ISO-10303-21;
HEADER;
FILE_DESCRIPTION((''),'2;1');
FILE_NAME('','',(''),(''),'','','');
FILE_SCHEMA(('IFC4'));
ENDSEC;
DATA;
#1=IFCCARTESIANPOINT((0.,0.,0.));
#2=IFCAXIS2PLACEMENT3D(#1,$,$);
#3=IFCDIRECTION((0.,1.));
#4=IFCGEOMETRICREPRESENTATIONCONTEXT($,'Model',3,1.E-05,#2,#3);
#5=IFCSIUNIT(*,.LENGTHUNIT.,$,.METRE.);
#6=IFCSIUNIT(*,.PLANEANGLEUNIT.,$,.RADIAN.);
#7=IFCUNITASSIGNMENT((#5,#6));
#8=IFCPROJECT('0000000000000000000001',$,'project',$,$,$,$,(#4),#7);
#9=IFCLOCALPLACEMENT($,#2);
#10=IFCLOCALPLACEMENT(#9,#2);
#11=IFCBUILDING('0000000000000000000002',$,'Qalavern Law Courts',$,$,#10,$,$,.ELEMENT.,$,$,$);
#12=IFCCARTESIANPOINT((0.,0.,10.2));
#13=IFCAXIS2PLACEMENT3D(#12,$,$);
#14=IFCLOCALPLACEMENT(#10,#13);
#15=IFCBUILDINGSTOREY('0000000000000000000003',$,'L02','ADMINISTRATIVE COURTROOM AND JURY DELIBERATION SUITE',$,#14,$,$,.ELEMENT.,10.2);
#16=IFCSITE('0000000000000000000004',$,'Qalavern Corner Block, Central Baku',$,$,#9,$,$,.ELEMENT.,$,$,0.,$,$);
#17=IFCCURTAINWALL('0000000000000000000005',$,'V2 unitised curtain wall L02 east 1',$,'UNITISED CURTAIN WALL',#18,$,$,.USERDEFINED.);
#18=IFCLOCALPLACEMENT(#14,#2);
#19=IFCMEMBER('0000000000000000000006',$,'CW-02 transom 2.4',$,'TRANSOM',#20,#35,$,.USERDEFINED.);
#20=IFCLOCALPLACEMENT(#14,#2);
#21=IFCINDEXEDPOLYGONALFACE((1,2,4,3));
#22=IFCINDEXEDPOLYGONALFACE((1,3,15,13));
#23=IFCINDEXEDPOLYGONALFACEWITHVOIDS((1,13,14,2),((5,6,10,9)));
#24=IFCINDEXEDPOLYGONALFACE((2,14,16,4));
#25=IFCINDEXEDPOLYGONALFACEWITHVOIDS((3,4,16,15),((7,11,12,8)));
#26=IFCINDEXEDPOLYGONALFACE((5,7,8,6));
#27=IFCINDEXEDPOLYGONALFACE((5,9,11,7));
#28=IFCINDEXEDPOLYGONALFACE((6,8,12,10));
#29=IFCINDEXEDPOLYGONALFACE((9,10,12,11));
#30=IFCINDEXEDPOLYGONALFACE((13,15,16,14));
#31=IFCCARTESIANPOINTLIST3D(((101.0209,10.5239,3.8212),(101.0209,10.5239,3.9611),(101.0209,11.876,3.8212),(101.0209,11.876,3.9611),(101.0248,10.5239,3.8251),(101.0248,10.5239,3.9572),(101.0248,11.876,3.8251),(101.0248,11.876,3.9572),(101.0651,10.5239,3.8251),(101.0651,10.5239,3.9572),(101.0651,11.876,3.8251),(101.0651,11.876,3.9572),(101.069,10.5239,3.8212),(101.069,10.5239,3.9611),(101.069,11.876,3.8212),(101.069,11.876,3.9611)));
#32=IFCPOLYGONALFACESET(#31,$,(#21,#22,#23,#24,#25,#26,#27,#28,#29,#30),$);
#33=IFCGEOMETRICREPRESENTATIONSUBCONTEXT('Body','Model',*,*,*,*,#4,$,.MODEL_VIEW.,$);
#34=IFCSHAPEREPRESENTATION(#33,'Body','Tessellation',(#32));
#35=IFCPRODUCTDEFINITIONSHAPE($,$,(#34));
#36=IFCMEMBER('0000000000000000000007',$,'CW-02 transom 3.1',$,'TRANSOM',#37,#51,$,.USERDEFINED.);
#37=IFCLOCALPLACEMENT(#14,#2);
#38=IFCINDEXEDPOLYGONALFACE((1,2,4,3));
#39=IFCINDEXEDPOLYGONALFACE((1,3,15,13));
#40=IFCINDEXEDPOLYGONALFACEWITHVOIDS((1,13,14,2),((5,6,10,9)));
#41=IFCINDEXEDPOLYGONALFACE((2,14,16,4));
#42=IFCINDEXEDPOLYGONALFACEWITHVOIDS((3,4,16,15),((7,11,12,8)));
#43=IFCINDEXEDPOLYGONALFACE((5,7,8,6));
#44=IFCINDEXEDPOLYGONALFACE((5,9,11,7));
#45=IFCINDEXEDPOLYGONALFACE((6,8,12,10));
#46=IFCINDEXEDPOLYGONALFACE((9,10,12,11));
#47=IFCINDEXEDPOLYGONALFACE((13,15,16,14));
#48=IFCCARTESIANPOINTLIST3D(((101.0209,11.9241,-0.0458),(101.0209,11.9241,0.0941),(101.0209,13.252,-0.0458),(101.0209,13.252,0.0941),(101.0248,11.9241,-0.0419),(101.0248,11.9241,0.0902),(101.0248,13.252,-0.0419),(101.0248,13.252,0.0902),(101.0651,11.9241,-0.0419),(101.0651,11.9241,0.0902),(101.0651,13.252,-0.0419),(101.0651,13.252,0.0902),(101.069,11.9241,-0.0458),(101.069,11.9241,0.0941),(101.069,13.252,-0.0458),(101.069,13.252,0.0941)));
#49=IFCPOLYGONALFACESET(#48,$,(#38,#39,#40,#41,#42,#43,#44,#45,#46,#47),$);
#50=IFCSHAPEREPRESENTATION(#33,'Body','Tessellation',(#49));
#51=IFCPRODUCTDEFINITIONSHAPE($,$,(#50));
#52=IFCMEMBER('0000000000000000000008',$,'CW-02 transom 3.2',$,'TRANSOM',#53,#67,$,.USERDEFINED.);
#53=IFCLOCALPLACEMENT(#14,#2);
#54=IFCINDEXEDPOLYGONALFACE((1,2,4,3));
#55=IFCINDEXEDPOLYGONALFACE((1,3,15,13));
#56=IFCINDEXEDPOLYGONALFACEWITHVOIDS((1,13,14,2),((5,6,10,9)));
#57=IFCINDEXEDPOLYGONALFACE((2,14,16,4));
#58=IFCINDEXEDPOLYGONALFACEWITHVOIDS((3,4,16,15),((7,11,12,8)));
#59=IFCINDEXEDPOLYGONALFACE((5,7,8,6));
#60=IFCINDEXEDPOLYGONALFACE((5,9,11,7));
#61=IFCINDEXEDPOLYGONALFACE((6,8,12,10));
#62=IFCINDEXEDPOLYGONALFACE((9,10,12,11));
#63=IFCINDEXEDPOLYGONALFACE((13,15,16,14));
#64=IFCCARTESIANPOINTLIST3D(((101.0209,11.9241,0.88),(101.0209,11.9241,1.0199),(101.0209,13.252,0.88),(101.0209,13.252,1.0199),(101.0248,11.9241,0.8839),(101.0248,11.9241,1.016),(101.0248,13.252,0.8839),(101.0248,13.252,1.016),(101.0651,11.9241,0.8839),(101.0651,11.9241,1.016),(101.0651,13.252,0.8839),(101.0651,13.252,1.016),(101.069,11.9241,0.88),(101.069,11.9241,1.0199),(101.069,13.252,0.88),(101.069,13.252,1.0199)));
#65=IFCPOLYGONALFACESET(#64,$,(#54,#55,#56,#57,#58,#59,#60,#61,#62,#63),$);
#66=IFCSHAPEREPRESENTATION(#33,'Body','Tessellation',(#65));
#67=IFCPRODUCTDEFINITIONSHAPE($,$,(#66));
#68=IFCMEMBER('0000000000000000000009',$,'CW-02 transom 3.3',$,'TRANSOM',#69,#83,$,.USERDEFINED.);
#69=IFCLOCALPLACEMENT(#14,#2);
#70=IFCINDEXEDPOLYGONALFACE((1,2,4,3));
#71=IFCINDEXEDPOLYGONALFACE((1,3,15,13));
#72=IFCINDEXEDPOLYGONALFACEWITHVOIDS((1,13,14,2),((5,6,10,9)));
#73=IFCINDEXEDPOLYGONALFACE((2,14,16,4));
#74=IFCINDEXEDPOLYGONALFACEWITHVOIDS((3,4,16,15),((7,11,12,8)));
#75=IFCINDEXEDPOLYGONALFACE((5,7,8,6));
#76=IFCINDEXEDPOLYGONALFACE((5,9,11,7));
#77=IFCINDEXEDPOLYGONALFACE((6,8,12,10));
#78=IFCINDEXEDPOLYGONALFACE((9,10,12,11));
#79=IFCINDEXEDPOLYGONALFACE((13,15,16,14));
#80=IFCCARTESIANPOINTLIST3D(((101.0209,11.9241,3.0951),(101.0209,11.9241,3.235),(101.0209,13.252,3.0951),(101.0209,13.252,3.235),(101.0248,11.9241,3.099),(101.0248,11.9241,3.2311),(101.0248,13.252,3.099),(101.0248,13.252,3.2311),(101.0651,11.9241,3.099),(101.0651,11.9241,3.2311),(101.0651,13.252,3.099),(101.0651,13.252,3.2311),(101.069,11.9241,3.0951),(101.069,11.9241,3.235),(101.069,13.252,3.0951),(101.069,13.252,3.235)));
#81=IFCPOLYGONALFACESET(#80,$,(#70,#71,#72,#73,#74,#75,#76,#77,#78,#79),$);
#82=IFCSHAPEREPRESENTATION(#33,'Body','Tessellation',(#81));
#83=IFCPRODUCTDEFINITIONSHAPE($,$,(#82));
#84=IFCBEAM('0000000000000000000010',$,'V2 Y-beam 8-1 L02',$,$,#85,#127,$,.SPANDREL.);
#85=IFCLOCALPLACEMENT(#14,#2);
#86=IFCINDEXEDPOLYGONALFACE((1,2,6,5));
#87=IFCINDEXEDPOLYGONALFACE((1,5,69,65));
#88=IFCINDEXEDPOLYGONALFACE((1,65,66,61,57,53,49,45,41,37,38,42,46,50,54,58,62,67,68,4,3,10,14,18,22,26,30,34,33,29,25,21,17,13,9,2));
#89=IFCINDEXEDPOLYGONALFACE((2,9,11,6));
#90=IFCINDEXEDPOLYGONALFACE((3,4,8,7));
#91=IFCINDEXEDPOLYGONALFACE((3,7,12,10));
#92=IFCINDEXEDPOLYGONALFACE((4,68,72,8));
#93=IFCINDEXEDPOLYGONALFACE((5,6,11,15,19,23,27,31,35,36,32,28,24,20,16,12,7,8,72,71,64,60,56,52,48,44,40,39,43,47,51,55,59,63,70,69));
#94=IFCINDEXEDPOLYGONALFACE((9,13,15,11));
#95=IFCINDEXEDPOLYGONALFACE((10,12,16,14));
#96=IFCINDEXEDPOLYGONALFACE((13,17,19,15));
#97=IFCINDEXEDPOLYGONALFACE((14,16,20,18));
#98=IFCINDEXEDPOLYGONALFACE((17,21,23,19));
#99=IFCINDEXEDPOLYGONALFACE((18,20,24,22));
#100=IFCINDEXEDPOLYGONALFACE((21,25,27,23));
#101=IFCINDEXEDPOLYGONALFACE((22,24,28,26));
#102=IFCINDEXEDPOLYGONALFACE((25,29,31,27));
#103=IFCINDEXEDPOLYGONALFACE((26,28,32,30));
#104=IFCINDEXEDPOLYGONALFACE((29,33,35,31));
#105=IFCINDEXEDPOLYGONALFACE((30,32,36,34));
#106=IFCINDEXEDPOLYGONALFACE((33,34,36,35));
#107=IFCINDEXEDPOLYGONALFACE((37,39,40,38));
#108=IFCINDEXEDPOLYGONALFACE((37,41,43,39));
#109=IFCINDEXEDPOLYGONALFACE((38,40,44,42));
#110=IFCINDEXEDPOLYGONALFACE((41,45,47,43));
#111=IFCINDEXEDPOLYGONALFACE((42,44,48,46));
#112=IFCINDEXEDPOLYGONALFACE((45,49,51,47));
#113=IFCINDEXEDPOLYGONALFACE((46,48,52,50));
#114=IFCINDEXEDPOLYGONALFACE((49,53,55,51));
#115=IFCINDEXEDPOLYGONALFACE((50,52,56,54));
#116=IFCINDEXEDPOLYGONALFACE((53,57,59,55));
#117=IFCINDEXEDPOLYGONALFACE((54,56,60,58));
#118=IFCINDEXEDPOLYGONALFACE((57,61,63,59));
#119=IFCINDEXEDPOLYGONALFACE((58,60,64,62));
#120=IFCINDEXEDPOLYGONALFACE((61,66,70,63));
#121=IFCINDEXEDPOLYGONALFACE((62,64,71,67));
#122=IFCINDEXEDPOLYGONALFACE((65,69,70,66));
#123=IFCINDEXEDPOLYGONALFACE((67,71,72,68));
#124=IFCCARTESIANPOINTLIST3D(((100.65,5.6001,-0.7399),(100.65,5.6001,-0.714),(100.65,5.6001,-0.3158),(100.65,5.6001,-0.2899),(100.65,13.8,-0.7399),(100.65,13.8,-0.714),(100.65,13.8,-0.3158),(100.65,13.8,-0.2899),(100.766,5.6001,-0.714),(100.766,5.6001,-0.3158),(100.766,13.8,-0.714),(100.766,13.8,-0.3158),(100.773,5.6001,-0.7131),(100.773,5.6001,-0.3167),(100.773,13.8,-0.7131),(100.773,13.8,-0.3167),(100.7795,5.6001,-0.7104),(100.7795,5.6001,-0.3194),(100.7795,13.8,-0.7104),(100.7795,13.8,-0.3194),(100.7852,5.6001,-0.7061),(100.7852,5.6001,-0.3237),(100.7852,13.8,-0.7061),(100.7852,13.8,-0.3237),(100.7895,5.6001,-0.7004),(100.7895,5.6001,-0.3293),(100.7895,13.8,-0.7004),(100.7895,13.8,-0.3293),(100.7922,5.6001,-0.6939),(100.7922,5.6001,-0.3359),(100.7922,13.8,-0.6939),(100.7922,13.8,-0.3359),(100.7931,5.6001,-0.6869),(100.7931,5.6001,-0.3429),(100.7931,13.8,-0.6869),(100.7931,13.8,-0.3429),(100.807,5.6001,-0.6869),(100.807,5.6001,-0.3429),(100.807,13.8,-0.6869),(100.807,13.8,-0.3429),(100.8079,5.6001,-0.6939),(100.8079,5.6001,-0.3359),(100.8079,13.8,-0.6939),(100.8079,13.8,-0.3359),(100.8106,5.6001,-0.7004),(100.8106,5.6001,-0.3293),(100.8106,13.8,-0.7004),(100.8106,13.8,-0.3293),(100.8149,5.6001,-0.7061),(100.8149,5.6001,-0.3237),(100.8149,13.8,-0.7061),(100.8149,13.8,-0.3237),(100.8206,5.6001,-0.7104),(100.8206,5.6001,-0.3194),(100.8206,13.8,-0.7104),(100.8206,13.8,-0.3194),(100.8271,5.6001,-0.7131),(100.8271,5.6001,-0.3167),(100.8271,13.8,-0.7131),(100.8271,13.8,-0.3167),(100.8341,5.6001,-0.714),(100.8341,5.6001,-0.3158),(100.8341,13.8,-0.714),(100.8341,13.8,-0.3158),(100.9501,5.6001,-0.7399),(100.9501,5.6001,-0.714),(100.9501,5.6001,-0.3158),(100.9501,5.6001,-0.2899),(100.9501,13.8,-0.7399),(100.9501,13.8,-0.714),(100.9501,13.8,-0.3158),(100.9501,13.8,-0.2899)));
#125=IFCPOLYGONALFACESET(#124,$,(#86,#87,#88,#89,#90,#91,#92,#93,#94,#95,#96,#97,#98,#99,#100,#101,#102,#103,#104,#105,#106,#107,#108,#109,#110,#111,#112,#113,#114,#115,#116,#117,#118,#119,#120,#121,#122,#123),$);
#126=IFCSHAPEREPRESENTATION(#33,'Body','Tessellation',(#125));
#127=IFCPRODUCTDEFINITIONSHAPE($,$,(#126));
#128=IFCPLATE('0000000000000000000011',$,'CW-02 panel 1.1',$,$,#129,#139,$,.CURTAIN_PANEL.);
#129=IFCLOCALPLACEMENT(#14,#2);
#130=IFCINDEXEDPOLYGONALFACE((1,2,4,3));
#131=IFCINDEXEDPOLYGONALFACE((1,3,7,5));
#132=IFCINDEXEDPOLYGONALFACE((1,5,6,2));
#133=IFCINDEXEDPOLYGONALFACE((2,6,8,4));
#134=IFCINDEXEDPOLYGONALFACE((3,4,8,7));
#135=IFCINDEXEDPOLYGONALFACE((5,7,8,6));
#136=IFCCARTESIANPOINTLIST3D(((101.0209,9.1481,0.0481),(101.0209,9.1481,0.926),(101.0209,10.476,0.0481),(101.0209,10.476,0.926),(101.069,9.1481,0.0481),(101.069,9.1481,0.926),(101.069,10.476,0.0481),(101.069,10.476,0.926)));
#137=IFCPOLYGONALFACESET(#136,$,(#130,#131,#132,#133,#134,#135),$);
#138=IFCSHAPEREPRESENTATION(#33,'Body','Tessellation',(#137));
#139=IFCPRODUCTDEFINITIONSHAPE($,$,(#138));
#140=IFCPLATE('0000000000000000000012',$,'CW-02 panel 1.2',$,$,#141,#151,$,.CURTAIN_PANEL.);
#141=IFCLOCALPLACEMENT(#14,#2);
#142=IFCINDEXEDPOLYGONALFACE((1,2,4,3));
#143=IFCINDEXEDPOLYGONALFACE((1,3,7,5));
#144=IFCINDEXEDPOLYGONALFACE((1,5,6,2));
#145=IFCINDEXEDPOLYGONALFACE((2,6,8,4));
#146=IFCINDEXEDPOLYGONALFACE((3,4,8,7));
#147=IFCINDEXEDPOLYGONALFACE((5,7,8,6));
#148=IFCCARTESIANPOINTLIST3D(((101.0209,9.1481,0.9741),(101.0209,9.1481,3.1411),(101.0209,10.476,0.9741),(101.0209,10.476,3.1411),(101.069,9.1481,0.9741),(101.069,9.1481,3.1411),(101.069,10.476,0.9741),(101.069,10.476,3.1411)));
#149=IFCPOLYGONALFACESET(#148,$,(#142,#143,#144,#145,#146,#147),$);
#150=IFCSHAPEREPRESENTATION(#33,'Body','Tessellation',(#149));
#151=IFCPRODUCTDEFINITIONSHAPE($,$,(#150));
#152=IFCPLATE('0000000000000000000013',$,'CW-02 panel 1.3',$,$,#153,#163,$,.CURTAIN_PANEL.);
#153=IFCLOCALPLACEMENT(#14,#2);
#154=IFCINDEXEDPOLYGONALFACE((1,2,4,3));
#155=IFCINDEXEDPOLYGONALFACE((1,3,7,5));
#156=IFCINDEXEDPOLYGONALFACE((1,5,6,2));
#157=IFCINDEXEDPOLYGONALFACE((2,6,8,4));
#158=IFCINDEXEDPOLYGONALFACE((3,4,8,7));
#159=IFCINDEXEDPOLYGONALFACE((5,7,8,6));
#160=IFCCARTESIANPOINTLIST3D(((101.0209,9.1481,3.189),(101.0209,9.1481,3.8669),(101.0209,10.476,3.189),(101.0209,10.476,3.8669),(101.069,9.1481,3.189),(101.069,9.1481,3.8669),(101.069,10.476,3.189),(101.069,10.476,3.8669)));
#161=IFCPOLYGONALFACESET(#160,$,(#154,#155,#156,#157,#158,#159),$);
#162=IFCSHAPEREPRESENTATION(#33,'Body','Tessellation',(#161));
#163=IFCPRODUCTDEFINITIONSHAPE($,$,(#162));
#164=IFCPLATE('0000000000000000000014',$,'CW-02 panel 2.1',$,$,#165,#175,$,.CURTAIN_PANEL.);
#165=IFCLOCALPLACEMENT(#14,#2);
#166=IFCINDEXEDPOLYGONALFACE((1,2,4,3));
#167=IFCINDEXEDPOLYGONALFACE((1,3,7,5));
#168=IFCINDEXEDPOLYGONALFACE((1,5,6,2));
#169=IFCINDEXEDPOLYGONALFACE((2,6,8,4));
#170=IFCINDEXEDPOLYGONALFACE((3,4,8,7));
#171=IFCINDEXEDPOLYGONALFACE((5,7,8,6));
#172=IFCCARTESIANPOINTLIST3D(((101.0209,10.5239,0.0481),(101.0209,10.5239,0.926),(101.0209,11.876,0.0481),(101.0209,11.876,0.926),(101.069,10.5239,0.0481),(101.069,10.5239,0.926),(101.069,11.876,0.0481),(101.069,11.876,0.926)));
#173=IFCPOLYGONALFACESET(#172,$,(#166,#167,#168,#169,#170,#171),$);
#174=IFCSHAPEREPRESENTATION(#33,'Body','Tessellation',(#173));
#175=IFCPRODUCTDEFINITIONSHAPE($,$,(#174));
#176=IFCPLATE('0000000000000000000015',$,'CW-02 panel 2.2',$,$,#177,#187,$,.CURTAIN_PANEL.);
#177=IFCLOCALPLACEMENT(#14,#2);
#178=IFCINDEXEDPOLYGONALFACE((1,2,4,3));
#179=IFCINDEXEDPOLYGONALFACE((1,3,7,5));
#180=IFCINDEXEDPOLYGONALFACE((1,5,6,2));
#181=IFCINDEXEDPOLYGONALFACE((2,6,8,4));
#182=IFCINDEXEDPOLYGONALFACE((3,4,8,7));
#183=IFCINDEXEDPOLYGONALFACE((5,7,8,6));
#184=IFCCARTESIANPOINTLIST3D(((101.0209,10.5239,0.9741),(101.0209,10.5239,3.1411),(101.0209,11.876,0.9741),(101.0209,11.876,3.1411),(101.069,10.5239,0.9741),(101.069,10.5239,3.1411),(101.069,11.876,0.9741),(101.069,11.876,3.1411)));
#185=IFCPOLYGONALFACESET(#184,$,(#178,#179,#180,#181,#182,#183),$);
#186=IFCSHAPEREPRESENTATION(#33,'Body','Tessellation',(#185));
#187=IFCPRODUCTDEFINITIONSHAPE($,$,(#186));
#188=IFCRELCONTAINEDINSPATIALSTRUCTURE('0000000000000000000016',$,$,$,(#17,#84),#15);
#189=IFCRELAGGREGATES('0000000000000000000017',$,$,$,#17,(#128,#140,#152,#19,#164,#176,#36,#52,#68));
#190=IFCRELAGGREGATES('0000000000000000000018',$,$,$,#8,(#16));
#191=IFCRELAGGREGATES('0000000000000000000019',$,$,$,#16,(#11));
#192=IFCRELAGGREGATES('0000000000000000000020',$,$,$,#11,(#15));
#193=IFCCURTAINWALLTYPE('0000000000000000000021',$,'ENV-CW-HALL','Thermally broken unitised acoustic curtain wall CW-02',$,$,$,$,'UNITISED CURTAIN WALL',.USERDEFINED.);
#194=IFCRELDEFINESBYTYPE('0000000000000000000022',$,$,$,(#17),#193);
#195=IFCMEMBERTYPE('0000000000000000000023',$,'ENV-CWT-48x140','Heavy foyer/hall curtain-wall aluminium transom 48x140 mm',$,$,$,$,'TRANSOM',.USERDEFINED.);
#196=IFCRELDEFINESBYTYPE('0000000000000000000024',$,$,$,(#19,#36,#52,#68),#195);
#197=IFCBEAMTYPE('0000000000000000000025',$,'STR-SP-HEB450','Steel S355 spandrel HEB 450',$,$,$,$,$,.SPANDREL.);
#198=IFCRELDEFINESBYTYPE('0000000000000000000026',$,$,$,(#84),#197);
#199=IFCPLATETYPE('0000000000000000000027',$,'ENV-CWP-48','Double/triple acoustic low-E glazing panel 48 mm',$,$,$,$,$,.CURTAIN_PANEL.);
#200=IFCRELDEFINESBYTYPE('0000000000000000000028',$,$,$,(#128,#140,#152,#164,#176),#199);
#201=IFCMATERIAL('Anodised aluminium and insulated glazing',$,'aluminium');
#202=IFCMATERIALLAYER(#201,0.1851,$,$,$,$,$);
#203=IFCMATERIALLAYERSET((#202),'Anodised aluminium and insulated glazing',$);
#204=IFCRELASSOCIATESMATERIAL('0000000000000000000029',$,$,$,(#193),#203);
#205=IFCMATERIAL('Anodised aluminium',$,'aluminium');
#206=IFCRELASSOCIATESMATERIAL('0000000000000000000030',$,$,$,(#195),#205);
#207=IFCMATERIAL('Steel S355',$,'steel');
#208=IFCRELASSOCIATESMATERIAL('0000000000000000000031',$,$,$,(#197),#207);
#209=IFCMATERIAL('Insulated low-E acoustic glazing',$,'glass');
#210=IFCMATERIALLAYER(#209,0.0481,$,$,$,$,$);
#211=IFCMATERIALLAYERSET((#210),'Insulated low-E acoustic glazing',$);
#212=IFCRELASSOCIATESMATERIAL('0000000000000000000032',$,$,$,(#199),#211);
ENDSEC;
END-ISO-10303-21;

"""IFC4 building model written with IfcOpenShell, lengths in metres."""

from ifc_helpers import new_model, si_unit, direction, frame, origin, origin_2d, place, context, subcontext, project, spatial, rectangle, hollow_rectangle, i_section, extrude, material, layer, layer_set, material_profile, profile_set, type_object, element, aggregate, save


model = new_model("IFC4")

# Units and contexts
model_context = context("Model", 3, precision=1e-05, world=origin(), true_north=direction((0.0, 1.0)))
body_context = subcontext(model_context, "Body", "Model", "MODEL_VIEW")
ifc_project = project(units=[si_unit("LENGTHUNIT", "METRE"), si_unit("PLANEANGLEUNIT", "RADIAN")], contexts=[model_context])

# Site, building, storey
site_placement = place(None, origin())
site = spatial("IfcSite", under=ifc_project, at=site_placement, Name="Qalavern Corner Block, Central Baku", CompositionType="ELEMENT", RefElevation=0.0)
building_placement = place(site_placement, origin())
building = spatial("IfcBuilding", under=site, at=building_placement, Name="Qalavern Law Courts", CompositionType="ELEMENT")
storey_placement = place(building_placement, frame((0.0, 0.0, 10.2)))
storey = spatial("IfcBuildingStorey", under=building, at=storey_placement, Name="L02", Description="ADMINISTRATIVE COURTROOM AND JURY DELIBERATION SUITE", CompositionType="ELEMENT", Elevation=10.2)

# Curtain wall, members
ifc_material_1 = material(Name="Anodised aluminium and insulated glazing", Category="aluminium")
ifc_layer_1 = layer(ifc_material_1, 0.1851)
ifc_layer_set_1 = layer_set([ifc_layer_1], Name="Anodised aluminium and insulated glazing")
curtain_wall_type = type_object("IfcCurtainWallType", Name="ENV-CW-HALL", Description="Thermally broken unitised acoustic curtain wall CW-02", ElementType="UNITISED CURTAIN WALL", PredefinedType="USERDEFINED", material=ifc_layer_set_1)
curtain_wall_placement = place(storey_placement, origin())
curtain_wall = element("IfcCurtainWall", 1, at=curtain_wall_placement, inside=storey, type_object=curtain_wall_type, Name="V2 unitised curtain wall L02 east 1", ObjectType="UNITISED CURTAIN WALL", PredefinedType="USERDEFINED")
ifc_material_2 = material(Name="Anodised aluminium", Category="aluminium")
ifc_material_profile_1 = material_profile(ifc_material_2, hollow_rectangle(XDim=0.0481, YDim=0.1399, WallThickness=0.0039, at=origin_2d()), Name="ALU TRANSOM 48x140")
ifc_profile_set_1 = profile_set([ifc_material_profile_1], Name="Anodised aluminium")
member_type_1 = type_object("IfcMemberType", Name="ENV-CWT-48x140", Description="Heavy foyer/hall curtain-wall aluminium transom 48x140 mm", ElementType="TRANSOM", PredefinedType="USERDEFINED", material=ifc_profile_set_1)
member_1_placement = place(storey_placement, frame((101.0449, 10.5239, 3.8911), z_axis=(0.0, 1.0, 0.0), x_axis=(-1.0, 0.0, 0.0)))
member_1 = element("IfcMember", 2, at=member_1_placement, type_object=member_type_1, Name="CW-02 transom 2.4", ObjectType="TRANSOM", PredefinedType="USERDEFINED", context=body_context, shape_type="SweptSolid", body=[
    extrude(hollow_rectangle(XDim=0.0481, YDim=0.1399, WallThickness=0.0039, at=origin_2d()), origin(), (0.0, 0.0, 1.0), 1.3521),
])
member_2_placement = place(storey_placement, frame((101.0449, 11.9241, 0.0242), z_axis=(0.0, 1.0, 0.0), x_axis=(-1.0, 0.0, 0.0)))
member_2 = element("IfcMember", 3, at=member_2_placement, type_object=member_type_1, Name="CW-02 transom 3.1", ObjectType="TRANSOM", PredefinedType="USERDEFINED", context=body_context, shape_type="SweptSolid", body=[
    extrude(hollow_rectangle(XDim=0.0481, YDim=0.1399, WallThickness=0.0039, at=origin_2d()), origin(), (0.0, 0.0, 1.0), 1.3279),
])
member_3_placement = place(storey_placement, frame((101.0449, 11.9241, 0.95), z_axis=(0.0, 1.0, 0.0), x_axis=(-1.0, 0.0, 0.0)))
member_3 = element("IfcMember", 4, at=member_3_placement, type_object=member_type_1, Name="CW-02 transom 3.2", ObjectType="TRANSOM", PredefinedType="USERDEFINED", context=body_context, shape_type="SweptSolid", body=[
    extrude(hollow_rectangle(XDim=0.0481, YDim=0.1399, WallThickness=0.0039, at=origin_2d()), origin(), (0.0, 0.0, 1.0), 1.3279),
])
member_4_placement = place(storey_placement, frame((101.0449, 11.9241, 3.165), z_axis=(0.0, 1.0, 0.0), x_axis=(-1.0, 0.0, 0.0)))
member_4 = element("IfcMember", 5, at=member_4_placement, type_object=member_type_1, Name="CW-02 transom 3.3", ObjectType="TRANSOM", PredefinedType="USERDEFINED", context=body_context, shape_type="SweptSolid", body=[
    extrude(hollow_rectangle(XDim=0.0481, YDim=0.1399, WallThickness=0.0039, at=origin_2d()), origin(), (0.0, 0.0, 1.0), 1.3279),
])

# Beam
ifc_material_3 = material(Name="Steel S355", Category="steel")
ifc_material_profile_2 = material_profile(ifc_material_3, i_section(OverallWidth=0.3, OverallDepth=0.45, WebThickness=0.0139, FlangeThickness=0.0259, FilletRadius=0.0271, at=origin_2d()), Name="HEB 450")
ifc_profile_set_2 = profile_set([ifc_material_profile_2], Name="Steel S355")
beam_type = type_object("IfcBeamType", Name="STR-SP-HEB450", Description="Steel S355 spandrel HEB 450", PredefinedType="SPANDREL", material=ifc_profile_set_2)
beam_placement = place(storey_placement, frame((100.8, 5.6001, -0.5149), z_axis=(0.0, 1.0, 0.0), x_axis=(-1.0, 0.0, 0.0)))
element("IfcBeam", 6, at=beam_placement, inside=storey, type_object=beam_type, Name="V2 Y-beam 8-1 L02", PredefinedType="SPANDREL", context=body_context, shape_type="SweptSolid", body=[
    extrude(i_section(OverallWidth=0.3, OverallDepth=0.45, WebThickness=0.0139, FlangeThickness=0.0259, FilletRadius=0.0271, at=origin_2d()), origin(), (0.0, 0.0, 1.0), 8.2),
])

# Plates
ifc_material_4 = material(Name="Insulated low-E acoustic glazing", Category="glass")
ifc_layer_2 = layer(ifc_material_4, 0.0481)
ifc_layer_set_2 = layer_set([ifc_layer_2], Name="Insulated low-E acoustic glazing")
plate_type = type_object("IfcPlateType", Name="ENV-CWP-48", Description="Double/triple acoustic low-E glazing panel 48 mm", PredefinedType="CURTAIN_PANEL", material=ifc_layer_set_2)
plate_1_placement = place(storey_placement, frame((101.0449, 9.812, 0.0481), z_axis=(0.0, 0.0, 1.0), x_axis=(0.0, 1.0, 0.0)))
plate_1 = element("IfcPlate", 7, at=plate_1_placement, type_object=plate_type, Name="CW-02 panel 1.1", PredefinedType="CURTAIN_PANEL", context=body_context, shape_type="SweptSolid", body=[
    extrude(rectangle(XDim=1.3279, YDim=0.0481, at=origin_2d()), origin(), (0.0, 0.0, 1.0), 0.8779),
])
plate_2_placement = place(storey_placement, frame((101.0449, 9.812, 0.9741), z_axis=(0.0, 0.0, 1.0), x_axis=(0.0, 1.0, 0.0)))
plate_2 = element("IfcPlate", 8, at=plate_2_placement, type_object=plate_type, Name="CW-02 panel 1.2", PredefinedType="CURTAIN_PANEL", context=body_context, shape_type="SweptSolid", body=[
    extrude(rectangle(XDim=1.3279, YDim=0.0481, at=origin_2d()), origin(), (0.0, 0.0, 1.0), 2.167),
])
plate_3_placement = place(storey_placement, frame((101.0449, 9.812, 3.189), z_axis=(0.0, 0.0, 1.0), x_axis=(0.0, 1.0, 0.0)))
plate_3 = element("IfcPlate", 9, at=plate_3_placement, type_object=plate_type, Name="CW-02 panel 1.3", PredefinedType="CURTAIN_PANEL", context=body_context, shape_type="SweptSolid", body=[
    extrude(rectangle(XDim=1.3279, YDim=0.0481, at=origin_2d()), origin(), (0.0, 0.0, 1.0), 0.678),
])
plate_4_placement = place(storey_placement, frame((101.0449, 11.2, 0.0481), z_axis=(0.0, 0.0, 1.0), x_axis=(0.0, 1.0, 0.0)))
plate_4 = element("IfcPlate", 10, at=plate_4_placement, type_object=plate_type, Name="CW-02 panel 2.1", PredefinedType="CURTAIN_PANEL", context=body_context, shape_type="SweptSolid", body=[
    extrude(rectangle(XDim=1.3521, YDim=0.0481, at=origin_2d()), origin(), (0.0, 0.0, 1.0), 0.8779),
])
plate_5_placement = place(storey_placement, frame((101.0449, 11.2, 0.9741), z_axis=(0.0, 0.0, 1.0), x_axis=(0.0, 1.0, 0.0)))
plate_5 = element("IfcPlate", 11, at=plate_5_placement, type_object=plate_type, Name="CW-02 panel 2.2", PredefinedType="CURTAIN_PANEL", context=body_context, shape_type="SweptSolid", body=[
    extrude(rectangle(XDim=1.3521, YDim=0.0481, at=origin_2d()), origin(), (0.0, 0.0, 1.0), 2.167),
])
aggregate(curtain_wall, [plate_1, plate_2, plate_3, member_1, plate_4, plate_5, member_2, member_3, member_4])

save(model, "model.ifc")
